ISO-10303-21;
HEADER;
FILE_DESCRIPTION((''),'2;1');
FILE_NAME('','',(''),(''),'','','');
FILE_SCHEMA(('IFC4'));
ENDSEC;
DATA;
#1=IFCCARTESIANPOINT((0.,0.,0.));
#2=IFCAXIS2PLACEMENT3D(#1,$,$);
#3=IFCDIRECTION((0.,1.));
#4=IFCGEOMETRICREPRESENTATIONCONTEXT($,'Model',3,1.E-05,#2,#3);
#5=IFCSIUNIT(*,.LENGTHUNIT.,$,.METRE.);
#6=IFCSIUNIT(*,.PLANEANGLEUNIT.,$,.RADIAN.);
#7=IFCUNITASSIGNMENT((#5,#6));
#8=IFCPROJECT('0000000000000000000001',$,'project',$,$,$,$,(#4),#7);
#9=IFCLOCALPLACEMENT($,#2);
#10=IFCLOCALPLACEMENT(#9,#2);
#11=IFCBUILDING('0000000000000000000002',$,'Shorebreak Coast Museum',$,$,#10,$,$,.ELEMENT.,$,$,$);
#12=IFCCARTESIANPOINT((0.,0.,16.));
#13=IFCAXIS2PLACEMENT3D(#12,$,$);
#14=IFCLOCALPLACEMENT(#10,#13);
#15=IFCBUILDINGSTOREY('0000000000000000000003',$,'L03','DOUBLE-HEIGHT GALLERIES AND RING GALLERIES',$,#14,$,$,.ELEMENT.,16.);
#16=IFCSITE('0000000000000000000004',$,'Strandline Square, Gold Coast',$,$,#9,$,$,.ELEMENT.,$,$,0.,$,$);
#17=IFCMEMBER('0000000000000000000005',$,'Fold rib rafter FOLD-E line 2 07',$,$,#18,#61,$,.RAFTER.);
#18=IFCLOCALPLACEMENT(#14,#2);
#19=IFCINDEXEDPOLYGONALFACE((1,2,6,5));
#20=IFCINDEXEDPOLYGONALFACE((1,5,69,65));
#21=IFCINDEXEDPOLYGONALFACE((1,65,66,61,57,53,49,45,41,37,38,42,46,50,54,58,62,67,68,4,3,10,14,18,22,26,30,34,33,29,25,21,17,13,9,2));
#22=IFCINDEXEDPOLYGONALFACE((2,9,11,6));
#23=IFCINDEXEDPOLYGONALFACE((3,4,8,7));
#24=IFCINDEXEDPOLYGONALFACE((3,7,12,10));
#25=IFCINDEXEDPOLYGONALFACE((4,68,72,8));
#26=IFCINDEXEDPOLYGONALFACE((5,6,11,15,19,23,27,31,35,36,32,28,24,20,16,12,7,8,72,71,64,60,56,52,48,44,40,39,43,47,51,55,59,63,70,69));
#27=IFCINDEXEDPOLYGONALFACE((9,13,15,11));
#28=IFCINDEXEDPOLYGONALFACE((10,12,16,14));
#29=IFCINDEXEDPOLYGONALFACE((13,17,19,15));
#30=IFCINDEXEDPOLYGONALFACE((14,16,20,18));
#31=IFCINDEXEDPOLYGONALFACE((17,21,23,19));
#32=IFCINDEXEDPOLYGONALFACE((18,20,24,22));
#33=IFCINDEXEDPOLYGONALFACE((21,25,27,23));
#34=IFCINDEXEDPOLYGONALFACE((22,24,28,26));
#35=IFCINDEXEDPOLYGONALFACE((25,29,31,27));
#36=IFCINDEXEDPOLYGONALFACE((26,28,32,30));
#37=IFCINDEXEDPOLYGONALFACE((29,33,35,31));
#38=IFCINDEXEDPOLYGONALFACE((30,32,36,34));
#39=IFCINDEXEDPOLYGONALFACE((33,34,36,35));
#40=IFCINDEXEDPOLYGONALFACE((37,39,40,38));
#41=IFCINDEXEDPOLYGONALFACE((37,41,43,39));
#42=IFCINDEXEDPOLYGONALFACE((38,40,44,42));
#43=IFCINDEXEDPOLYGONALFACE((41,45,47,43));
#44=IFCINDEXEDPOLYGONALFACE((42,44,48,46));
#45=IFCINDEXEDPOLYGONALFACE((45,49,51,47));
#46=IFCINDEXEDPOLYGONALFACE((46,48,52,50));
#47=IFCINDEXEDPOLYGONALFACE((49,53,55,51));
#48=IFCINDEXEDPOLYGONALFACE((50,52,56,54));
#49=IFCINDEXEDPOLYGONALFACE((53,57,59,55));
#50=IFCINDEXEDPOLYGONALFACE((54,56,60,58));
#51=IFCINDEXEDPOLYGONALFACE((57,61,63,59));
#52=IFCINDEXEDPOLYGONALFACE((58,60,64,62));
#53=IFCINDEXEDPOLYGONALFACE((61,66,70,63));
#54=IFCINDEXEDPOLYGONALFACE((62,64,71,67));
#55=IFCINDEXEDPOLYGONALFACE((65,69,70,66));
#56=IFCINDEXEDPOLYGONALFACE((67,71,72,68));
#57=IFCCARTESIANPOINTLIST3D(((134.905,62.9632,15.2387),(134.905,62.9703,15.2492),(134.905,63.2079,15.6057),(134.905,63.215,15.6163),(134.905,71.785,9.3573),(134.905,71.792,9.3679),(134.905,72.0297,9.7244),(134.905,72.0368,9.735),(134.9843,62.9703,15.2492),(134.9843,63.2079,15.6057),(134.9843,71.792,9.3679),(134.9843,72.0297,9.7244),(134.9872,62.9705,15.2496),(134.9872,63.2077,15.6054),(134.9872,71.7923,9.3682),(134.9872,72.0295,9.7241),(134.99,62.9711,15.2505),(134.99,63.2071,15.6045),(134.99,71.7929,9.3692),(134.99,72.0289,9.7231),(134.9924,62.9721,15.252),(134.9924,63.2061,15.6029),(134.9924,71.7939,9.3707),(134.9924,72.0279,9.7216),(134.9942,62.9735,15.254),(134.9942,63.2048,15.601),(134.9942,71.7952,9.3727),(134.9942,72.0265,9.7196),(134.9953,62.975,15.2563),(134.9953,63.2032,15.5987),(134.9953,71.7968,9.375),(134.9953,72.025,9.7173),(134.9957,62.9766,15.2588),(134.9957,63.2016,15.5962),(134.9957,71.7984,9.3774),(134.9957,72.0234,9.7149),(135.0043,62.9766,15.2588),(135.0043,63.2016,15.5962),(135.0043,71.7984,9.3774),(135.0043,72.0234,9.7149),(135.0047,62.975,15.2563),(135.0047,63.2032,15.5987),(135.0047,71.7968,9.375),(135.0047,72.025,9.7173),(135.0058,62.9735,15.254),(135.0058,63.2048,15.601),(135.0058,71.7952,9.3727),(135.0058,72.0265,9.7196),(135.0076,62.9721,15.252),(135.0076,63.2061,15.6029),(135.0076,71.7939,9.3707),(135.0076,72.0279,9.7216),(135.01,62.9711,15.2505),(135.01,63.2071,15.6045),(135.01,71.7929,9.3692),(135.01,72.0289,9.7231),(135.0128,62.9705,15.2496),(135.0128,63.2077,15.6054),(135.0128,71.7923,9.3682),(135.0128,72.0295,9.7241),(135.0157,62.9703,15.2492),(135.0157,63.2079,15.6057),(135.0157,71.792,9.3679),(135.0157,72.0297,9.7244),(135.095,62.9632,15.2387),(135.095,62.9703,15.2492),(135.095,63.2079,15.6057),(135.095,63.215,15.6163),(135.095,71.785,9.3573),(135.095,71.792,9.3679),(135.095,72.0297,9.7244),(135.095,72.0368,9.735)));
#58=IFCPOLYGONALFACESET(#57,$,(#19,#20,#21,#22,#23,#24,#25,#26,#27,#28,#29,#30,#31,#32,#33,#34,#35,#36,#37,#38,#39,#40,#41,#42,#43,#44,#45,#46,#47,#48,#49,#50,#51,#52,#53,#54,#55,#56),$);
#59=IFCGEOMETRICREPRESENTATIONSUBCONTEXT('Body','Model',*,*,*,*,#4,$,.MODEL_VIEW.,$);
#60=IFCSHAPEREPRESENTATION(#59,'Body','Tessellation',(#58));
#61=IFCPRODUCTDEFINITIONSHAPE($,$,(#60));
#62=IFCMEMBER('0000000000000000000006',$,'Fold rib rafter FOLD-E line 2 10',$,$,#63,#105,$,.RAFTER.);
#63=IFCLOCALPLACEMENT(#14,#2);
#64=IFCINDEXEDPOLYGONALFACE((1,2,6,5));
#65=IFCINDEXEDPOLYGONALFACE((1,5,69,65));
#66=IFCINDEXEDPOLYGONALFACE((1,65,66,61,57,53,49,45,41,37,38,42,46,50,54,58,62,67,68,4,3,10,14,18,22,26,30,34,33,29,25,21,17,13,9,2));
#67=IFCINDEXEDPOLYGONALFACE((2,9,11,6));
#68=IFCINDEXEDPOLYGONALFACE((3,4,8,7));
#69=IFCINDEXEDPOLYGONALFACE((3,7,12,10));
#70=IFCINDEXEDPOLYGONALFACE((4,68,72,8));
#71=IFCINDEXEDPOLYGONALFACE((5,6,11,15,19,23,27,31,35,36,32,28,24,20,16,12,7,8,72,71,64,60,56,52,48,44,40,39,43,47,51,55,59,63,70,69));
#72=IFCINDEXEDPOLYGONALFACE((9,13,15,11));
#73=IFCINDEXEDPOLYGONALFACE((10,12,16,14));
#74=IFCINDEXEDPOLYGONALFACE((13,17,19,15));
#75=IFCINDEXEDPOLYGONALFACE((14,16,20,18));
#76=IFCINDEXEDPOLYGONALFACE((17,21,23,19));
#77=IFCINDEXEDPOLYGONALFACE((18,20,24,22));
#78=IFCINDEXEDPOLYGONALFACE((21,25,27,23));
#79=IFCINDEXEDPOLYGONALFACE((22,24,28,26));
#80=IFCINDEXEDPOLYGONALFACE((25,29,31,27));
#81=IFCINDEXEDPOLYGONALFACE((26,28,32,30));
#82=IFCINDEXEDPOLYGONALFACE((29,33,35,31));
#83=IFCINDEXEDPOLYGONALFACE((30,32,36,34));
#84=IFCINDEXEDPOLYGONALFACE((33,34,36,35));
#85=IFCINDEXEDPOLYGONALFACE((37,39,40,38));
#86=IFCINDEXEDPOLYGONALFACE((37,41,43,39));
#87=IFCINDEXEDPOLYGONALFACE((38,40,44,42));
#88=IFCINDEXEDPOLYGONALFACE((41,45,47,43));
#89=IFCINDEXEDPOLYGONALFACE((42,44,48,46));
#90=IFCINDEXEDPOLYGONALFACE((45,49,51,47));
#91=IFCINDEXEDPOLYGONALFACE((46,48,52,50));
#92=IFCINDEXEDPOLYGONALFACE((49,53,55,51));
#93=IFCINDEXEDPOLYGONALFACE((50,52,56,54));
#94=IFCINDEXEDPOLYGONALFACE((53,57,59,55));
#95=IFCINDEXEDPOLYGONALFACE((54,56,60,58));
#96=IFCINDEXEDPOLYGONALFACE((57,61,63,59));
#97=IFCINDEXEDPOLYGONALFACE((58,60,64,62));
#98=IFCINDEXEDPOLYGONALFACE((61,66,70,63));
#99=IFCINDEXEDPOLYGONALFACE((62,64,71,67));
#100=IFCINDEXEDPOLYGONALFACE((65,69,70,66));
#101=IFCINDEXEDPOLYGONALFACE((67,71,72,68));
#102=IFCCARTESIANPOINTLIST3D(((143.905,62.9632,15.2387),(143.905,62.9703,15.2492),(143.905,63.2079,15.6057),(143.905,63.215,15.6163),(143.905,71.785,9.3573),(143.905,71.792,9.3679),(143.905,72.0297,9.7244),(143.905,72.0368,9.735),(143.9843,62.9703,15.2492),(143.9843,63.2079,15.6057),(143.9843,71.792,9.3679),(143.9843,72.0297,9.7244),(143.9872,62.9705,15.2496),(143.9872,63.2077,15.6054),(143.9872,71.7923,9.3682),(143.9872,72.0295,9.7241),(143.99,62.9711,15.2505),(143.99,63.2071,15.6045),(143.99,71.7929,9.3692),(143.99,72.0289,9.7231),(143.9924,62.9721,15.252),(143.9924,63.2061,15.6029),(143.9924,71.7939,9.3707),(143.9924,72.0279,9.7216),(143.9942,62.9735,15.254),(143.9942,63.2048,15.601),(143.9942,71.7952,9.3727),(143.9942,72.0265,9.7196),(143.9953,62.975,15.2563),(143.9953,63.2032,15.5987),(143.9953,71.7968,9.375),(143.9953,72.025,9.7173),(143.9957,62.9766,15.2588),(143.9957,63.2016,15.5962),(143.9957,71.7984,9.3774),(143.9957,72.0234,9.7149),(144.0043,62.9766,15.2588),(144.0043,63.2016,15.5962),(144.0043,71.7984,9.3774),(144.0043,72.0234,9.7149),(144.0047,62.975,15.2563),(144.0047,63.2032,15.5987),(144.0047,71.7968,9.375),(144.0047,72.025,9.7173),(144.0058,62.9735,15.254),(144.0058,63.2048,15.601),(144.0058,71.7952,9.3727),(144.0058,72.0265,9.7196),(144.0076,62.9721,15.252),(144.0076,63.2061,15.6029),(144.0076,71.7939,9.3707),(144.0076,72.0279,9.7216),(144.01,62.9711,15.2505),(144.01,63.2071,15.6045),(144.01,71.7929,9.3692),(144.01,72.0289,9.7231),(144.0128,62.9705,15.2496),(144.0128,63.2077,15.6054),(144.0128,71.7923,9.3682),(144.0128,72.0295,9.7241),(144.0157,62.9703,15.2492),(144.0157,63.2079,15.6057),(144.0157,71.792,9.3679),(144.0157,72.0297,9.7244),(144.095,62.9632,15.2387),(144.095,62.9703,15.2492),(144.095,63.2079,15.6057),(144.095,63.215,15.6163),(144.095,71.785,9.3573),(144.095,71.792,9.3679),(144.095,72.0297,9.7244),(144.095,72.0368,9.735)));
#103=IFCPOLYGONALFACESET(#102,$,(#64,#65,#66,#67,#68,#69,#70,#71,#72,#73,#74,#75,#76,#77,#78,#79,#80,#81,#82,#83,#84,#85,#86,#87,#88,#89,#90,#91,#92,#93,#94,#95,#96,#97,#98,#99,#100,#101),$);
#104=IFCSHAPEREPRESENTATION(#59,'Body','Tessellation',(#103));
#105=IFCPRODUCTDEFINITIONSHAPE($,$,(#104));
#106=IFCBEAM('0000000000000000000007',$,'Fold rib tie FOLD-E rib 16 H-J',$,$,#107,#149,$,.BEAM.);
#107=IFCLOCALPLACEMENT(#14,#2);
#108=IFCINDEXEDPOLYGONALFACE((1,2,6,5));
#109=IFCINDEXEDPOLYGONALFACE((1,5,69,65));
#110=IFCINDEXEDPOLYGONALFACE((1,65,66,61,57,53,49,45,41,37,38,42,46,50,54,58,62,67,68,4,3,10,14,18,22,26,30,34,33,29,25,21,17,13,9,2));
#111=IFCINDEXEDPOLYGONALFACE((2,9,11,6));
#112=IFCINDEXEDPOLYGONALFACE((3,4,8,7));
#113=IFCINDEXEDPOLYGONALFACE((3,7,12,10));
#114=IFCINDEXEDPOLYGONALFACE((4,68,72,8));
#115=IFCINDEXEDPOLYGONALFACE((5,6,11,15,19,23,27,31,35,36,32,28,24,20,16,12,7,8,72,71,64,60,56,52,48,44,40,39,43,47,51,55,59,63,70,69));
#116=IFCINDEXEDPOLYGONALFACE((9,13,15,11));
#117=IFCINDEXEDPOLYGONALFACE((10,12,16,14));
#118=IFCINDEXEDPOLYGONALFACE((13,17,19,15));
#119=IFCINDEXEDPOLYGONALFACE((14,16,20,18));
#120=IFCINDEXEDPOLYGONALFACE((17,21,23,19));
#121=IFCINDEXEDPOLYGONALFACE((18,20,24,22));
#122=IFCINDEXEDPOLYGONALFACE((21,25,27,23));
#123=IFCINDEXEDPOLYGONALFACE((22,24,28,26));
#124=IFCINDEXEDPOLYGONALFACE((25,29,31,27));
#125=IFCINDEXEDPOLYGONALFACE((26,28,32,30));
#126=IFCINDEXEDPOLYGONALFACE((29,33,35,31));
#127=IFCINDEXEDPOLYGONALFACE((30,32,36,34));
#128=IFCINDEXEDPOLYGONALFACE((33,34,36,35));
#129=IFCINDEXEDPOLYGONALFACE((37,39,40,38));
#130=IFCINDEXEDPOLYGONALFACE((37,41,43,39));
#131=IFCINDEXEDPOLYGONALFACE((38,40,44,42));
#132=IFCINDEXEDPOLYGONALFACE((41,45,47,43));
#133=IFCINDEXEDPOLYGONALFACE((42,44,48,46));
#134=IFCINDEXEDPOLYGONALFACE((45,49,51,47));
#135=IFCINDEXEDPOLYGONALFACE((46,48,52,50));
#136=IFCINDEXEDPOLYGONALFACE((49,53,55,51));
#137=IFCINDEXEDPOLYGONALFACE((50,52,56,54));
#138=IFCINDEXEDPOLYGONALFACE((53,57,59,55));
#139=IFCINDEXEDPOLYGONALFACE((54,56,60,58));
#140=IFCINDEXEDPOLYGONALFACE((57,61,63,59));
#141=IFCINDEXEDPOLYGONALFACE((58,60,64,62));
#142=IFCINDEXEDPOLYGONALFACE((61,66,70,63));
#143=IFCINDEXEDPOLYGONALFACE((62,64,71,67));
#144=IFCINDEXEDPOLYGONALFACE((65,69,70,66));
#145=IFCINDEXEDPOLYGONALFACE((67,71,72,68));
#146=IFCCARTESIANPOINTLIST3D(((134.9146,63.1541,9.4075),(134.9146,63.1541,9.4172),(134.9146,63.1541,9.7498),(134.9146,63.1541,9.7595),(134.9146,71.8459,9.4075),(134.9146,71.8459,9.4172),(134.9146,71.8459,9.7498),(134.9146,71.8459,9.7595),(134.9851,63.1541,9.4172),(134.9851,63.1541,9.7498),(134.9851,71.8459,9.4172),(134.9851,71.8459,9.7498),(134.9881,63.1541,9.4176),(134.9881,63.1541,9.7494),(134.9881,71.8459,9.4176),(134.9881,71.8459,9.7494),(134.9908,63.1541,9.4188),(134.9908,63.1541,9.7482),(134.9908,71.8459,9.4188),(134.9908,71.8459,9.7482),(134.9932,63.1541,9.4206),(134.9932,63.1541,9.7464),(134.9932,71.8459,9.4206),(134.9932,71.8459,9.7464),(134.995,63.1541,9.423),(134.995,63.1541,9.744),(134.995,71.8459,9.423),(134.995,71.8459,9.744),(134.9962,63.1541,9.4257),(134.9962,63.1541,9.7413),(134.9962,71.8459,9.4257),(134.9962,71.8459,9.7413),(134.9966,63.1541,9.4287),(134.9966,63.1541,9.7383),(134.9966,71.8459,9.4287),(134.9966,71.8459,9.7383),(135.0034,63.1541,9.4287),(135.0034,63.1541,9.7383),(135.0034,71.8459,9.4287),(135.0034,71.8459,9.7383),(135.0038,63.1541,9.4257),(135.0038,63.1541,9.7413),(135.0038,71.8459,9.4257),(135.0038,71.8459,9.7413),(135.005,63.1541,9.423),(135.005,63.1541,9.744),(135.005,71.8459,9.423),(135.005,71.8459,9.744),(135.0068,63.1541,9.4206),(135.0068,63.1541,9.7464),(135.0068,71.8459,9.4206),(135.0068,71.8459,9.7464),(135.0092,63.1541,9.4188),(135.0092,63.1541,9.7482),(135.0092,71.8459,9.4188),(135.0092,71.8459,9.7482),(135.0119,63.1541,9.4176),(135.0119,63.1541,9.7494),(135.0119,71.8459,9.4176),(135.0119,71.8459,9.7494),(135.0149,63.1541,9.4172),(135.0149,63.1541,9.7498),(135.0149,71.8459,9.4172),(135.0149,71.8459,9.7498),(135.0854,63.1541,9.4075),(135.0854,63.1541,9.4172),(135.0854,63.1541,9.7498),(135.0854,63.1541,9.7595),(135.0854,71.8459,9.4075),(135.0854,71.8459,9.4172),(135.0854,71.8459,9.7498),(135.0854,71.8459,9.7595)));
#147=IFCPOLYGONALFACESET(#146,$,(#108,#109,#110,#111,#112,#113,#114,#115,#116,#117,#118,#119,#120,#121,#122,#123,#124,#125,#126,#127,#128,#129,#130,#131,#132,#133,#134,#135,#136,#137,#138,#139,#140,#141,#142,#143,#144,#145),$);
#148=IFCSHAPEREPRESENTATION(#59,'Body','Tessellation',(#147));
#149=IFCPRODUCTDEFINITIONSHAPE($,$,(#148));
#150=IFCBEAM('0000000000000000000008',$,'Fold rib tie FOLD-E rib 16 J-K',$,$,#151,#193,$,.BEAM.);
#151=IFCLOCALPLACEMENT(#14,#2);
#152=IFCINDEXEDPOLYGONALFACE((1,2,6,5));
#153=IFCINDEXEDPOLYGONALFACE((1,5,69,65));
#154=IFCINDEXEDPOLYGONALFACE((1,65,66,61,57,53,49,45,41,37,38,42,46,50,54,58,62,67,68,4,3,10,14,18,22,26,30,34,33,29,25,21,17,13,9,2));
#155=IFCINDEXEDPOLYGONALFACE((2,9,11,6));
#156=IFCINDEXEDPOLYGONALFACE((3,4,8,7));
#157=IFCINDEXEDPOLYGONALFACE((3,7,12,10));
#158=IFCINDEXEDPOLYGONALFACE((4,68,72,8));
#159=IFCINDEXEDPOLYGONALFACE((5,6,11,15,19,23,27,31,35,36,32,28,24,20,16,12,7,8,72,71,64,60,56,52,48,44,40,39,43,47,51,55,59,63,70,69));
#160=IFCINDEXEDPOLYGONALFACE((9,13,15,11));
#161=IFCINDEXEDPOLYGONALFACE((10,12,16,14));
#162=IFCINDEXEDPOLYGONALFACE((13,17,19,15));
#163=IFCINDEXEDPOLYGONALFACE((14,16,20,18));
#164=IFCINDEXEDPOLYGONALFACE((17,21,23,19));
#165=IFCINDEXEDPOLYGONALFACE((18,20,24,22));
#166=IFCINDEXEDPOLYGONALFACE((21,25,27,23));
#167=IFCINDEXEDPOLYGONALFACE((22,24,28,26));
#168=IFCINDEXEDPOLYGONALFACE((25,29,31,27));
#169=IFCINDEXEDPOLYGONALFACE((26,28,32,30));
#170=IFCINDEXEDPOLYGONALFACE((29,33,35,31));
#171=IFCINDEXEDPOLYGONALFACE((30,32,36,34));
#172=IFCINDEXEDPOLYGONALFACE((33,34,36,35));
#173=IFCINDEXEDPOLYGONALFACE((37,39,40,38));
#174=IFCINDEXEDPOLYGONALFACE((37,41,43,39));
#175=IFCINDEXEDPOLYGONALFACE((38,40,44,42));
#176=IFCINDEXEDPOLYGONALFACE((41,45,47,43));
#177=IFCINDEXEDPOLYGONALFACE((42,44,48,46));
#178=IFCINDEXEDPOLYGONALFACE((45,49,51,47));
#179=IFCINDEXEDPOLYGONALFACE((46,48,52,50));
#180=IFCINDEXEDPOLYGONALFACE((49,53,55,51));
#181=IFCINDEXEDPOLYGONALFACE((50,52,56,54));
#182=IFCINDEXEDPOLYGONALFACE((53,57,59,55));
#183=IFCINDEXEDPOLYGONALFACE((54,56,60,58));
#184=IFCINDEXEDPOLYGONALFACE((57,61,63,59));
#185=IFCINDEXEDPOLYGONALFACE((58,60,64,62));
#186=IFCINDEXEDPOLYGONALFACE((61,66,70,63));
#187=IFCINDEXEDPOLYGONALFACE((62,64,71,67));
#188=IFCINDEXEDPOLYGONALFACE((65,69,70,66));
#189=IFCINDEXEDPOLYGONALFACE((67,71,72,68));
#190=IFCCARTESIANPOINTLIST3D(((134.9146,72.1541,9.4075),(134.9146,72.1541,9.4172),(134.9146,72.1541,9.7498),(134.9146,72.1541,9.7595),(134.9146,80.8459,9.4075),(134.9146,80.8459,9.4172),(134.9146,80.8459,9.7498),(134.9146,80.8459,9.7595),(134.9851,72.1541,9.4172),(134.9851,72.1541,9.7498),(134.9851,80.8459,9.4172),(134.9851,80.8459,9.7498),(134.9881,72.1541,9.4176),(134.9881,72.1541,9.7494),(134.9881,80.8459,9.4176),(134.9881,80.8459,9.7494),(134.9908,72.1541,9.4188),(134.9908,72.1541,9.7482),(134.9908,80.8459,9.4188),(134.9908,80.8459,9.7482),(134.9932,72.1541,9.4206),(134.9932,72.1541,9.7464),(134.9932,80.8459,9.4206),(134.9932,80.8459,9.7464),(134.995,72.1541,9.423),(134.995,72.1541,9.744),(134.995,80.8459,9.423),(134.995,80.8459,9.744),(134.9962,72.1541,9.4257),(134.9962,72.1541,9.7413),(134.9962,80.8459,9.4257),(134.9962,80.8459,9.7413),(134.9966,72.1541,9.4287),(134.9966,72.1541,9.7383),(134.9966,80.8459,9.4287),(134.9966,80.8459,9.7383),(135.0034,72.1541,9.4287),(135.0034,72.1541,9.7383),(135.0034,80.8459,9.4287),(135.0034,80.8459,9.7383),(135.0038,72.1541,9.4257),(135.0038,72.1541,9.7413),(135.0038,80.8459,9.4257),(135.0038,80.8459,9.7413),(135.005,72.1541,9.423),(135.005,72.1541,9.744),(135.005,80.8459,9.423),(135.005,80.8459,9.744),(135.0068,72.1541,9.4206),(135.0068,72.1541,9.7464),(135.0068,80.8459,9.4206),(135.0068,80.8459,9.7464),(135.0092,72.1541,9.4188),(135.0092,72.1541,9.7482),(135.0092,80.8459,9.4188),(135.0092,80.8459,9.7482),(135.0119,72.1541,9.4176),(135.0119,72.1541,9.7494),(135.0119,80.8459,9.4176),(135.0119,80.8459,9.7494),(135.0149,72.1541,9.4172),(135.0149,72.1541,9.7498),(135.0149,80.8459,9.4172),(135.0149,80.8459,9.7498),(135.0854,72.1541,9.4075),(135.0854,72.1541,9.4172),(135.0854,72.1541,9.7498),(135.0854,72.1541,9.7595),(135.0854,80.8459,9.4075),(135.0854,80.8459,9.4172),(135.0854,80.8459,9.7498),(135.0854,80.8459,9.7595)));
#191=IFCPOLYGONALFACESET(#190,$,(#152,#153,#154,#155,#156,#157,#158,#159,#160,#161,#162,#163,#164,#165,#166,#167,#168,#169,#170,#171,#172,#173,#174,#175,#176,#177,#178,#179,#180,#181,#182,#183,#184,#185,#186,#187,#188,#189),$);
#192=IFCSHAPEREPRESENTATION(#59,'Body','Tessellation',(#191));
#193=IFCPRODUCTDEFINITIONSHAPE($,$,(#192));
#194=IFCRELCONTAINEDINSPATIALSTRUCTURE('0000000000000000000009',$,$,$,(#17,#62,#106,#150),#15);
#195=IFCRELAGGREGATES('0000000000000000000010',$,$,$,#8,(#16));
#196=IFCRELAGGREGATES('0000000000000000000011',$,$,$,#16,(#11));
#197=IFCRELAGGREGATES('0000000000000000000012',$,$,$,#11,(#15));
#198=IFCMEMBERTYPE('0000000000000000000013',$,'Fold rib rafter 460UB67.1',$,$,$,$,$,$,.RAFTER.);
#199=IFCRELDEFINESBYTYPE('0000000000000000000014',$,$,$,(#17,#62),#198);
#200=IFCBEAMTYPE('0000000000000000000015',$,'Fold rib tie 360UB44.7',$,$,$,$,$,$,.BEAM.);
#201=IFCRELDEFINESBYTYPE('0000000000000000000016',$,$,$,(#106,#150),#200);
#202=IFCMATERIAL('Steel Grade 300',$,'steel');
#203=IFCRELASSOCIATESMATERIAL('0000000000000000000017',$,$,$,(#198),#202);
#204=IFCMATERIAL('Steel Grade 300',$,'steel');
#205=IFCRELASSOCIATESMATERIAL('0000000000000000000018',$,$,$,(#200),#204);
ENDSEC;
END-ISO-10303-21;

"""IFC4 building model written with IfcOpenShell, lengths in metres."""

from ifc_helpers import new_model, si_unit, direction, frame, origin, origin_2d, place, context, subcontext, project, spatial, i_section, extrude, material, material_profile, profile_set, type_object, element, save


model = new_model("IFC4")

# Units and contexts
model_context = context("Model", 3, precision=1e-05, world=origin(), true_north=direction((0.0, 1.0)))
body_context = subcontext(model_context, "Body", "Model", "MODEL_VIEW")
ifc_project = project(units=[si_unit("LENGTHUNIT", "METRE"), si_unit("PLANEANGLEUNIT", "RADIAN")], contexts=[model_context])

# Site, building, storey
site_placement = place(None, origin())
site = spatial("IfcSite", under=ifc_project, at=site_placement, Name="Strandline Square, Gold Coast", CompositionType="ELEMENT", RefElevation=0.0)
building_placement = place(site_placement, origin())
building = spatial("IfcBuilding", under=site, at=building_placement, Name="Shorebreak Coast Museum", CompositionType="ELEMENT")
storey_placement = place(building_placement, frame((0.0, 0.0, 16.0)))
storey = spatial("IfcBuildingStorey", under=building, at=storey_placement, Name="L03", Description="DOUBLE-HEIGHT GALLERIES AND RING GALLERIES", CompositionType="ELEMENT", Elevation=16.0)

# Members
ifc_material_1 = material(Name="Steel Grade 300", Category="steel")
ifc_material_profile_1 = material_profile(ifc_material_1, i_section(OverallWidth=0.1899, OverallDepth=0.4539, WebThickness=0.0085, FlangeThickness=0.0127, FilletRadius=0.0115, at=origin_2d()), Name="460UB67.1")
ifc_profile_set_1 = profile_set([ifc_material_profile_1], Name="Steel Grade 300")
member_type_1 = type_object("IfcMemberType", Name="Fold rib rafter 460UB67.1", PredefinedType="RAFTER", material=ifc_profile_set_1)
for number, where, z_axis, x_axis, name in (
    (1, (135.0, 63.0891, 15.4275), (0.0, 0.832043, -0.554711), (-1.0, 0.0, 0.0), "Fold rib rafter FOLD-E line 2 07"),
    (2, (144.0, 63.0891, 15.4275), (0.0, 0.832043, -0.554711), (-1.0, 0.0, 0.0), "Fold rib rafter FOLD-E line 2 10"),
):
    element("IfcMember", number, at=place(storey_placement, frame(where, z_axis=z_axis, x_axis=x_axis)), inside=storey, type_object=member_type_1, Name=name, PredefinedType="RAFTER", context=body_context, shape_type="SweptSolid", body=[
        extrude(i_section(OverallWidth=0.1899, OverallDepth=0.4539, WebThickness=0.0085, FlangeThickness=0.0127, FilletRadius=0.0115, at=origin_2d()), origin(), (0.0, 0.0, 1.0), 10.6025),
    ])

# Beams
ifc_material_2 = material(Name="Steel Grade 300", Category="steel")
ifc_material_profile_2 = material_profile(ifc_material_2, i_section(OverallWidth=0.1709, OverallDepth=0.3521, WebThickness=0.0068, FlangeThickness=0.0098, FilletRadius=0.0115, at=origin_2d()), Name="360UB44.7")
ifc_profile_set_2 = profile_set([ifc_material_profile_2], Name="Steel Grade 300")
beam_type_1 = type_object("IfcBeamType", Name="Fold rib tie 360UB44.7", PredefinedType="BEAM", material=ifc_profile_set_2)
for number, where, z_axis, x_axis, name in (
    (3, (135.0, 63.1541, 9.5835), (0.0, 1.0, 0.0), (-1.0, 0.0, 0.0), "Fold rib tie FOLD-E rib 16 H-J"),
    (4, (135.0, 72.1541, 9.5835), (0.0, 1.0, 0.0), (-1.0, 0.0, 0.0), "Fold rib tie FOLD-E rib 16 J-K"),
):
    element("IfcBeam", number, at=place(storey_placement, frame(where, z_axis=z_axis, x_axis=x_axis)), inside=storey, type_object=beam_type_1, Name=name, PredefinedType="BEAM", context=body_context, shape_type="SweptSolid", body=[
        extrude(i_section(OverallWidth=0.1709, OverallDepth=0.3521, WebThickness=0.0068, FlangeThickness=0.0098, FilletRadius=0.0115, at=origin_2d()), origin(), (0.0, 0.0, 1.0), 8.6919),
    ])

save(model, "model.ifc")
